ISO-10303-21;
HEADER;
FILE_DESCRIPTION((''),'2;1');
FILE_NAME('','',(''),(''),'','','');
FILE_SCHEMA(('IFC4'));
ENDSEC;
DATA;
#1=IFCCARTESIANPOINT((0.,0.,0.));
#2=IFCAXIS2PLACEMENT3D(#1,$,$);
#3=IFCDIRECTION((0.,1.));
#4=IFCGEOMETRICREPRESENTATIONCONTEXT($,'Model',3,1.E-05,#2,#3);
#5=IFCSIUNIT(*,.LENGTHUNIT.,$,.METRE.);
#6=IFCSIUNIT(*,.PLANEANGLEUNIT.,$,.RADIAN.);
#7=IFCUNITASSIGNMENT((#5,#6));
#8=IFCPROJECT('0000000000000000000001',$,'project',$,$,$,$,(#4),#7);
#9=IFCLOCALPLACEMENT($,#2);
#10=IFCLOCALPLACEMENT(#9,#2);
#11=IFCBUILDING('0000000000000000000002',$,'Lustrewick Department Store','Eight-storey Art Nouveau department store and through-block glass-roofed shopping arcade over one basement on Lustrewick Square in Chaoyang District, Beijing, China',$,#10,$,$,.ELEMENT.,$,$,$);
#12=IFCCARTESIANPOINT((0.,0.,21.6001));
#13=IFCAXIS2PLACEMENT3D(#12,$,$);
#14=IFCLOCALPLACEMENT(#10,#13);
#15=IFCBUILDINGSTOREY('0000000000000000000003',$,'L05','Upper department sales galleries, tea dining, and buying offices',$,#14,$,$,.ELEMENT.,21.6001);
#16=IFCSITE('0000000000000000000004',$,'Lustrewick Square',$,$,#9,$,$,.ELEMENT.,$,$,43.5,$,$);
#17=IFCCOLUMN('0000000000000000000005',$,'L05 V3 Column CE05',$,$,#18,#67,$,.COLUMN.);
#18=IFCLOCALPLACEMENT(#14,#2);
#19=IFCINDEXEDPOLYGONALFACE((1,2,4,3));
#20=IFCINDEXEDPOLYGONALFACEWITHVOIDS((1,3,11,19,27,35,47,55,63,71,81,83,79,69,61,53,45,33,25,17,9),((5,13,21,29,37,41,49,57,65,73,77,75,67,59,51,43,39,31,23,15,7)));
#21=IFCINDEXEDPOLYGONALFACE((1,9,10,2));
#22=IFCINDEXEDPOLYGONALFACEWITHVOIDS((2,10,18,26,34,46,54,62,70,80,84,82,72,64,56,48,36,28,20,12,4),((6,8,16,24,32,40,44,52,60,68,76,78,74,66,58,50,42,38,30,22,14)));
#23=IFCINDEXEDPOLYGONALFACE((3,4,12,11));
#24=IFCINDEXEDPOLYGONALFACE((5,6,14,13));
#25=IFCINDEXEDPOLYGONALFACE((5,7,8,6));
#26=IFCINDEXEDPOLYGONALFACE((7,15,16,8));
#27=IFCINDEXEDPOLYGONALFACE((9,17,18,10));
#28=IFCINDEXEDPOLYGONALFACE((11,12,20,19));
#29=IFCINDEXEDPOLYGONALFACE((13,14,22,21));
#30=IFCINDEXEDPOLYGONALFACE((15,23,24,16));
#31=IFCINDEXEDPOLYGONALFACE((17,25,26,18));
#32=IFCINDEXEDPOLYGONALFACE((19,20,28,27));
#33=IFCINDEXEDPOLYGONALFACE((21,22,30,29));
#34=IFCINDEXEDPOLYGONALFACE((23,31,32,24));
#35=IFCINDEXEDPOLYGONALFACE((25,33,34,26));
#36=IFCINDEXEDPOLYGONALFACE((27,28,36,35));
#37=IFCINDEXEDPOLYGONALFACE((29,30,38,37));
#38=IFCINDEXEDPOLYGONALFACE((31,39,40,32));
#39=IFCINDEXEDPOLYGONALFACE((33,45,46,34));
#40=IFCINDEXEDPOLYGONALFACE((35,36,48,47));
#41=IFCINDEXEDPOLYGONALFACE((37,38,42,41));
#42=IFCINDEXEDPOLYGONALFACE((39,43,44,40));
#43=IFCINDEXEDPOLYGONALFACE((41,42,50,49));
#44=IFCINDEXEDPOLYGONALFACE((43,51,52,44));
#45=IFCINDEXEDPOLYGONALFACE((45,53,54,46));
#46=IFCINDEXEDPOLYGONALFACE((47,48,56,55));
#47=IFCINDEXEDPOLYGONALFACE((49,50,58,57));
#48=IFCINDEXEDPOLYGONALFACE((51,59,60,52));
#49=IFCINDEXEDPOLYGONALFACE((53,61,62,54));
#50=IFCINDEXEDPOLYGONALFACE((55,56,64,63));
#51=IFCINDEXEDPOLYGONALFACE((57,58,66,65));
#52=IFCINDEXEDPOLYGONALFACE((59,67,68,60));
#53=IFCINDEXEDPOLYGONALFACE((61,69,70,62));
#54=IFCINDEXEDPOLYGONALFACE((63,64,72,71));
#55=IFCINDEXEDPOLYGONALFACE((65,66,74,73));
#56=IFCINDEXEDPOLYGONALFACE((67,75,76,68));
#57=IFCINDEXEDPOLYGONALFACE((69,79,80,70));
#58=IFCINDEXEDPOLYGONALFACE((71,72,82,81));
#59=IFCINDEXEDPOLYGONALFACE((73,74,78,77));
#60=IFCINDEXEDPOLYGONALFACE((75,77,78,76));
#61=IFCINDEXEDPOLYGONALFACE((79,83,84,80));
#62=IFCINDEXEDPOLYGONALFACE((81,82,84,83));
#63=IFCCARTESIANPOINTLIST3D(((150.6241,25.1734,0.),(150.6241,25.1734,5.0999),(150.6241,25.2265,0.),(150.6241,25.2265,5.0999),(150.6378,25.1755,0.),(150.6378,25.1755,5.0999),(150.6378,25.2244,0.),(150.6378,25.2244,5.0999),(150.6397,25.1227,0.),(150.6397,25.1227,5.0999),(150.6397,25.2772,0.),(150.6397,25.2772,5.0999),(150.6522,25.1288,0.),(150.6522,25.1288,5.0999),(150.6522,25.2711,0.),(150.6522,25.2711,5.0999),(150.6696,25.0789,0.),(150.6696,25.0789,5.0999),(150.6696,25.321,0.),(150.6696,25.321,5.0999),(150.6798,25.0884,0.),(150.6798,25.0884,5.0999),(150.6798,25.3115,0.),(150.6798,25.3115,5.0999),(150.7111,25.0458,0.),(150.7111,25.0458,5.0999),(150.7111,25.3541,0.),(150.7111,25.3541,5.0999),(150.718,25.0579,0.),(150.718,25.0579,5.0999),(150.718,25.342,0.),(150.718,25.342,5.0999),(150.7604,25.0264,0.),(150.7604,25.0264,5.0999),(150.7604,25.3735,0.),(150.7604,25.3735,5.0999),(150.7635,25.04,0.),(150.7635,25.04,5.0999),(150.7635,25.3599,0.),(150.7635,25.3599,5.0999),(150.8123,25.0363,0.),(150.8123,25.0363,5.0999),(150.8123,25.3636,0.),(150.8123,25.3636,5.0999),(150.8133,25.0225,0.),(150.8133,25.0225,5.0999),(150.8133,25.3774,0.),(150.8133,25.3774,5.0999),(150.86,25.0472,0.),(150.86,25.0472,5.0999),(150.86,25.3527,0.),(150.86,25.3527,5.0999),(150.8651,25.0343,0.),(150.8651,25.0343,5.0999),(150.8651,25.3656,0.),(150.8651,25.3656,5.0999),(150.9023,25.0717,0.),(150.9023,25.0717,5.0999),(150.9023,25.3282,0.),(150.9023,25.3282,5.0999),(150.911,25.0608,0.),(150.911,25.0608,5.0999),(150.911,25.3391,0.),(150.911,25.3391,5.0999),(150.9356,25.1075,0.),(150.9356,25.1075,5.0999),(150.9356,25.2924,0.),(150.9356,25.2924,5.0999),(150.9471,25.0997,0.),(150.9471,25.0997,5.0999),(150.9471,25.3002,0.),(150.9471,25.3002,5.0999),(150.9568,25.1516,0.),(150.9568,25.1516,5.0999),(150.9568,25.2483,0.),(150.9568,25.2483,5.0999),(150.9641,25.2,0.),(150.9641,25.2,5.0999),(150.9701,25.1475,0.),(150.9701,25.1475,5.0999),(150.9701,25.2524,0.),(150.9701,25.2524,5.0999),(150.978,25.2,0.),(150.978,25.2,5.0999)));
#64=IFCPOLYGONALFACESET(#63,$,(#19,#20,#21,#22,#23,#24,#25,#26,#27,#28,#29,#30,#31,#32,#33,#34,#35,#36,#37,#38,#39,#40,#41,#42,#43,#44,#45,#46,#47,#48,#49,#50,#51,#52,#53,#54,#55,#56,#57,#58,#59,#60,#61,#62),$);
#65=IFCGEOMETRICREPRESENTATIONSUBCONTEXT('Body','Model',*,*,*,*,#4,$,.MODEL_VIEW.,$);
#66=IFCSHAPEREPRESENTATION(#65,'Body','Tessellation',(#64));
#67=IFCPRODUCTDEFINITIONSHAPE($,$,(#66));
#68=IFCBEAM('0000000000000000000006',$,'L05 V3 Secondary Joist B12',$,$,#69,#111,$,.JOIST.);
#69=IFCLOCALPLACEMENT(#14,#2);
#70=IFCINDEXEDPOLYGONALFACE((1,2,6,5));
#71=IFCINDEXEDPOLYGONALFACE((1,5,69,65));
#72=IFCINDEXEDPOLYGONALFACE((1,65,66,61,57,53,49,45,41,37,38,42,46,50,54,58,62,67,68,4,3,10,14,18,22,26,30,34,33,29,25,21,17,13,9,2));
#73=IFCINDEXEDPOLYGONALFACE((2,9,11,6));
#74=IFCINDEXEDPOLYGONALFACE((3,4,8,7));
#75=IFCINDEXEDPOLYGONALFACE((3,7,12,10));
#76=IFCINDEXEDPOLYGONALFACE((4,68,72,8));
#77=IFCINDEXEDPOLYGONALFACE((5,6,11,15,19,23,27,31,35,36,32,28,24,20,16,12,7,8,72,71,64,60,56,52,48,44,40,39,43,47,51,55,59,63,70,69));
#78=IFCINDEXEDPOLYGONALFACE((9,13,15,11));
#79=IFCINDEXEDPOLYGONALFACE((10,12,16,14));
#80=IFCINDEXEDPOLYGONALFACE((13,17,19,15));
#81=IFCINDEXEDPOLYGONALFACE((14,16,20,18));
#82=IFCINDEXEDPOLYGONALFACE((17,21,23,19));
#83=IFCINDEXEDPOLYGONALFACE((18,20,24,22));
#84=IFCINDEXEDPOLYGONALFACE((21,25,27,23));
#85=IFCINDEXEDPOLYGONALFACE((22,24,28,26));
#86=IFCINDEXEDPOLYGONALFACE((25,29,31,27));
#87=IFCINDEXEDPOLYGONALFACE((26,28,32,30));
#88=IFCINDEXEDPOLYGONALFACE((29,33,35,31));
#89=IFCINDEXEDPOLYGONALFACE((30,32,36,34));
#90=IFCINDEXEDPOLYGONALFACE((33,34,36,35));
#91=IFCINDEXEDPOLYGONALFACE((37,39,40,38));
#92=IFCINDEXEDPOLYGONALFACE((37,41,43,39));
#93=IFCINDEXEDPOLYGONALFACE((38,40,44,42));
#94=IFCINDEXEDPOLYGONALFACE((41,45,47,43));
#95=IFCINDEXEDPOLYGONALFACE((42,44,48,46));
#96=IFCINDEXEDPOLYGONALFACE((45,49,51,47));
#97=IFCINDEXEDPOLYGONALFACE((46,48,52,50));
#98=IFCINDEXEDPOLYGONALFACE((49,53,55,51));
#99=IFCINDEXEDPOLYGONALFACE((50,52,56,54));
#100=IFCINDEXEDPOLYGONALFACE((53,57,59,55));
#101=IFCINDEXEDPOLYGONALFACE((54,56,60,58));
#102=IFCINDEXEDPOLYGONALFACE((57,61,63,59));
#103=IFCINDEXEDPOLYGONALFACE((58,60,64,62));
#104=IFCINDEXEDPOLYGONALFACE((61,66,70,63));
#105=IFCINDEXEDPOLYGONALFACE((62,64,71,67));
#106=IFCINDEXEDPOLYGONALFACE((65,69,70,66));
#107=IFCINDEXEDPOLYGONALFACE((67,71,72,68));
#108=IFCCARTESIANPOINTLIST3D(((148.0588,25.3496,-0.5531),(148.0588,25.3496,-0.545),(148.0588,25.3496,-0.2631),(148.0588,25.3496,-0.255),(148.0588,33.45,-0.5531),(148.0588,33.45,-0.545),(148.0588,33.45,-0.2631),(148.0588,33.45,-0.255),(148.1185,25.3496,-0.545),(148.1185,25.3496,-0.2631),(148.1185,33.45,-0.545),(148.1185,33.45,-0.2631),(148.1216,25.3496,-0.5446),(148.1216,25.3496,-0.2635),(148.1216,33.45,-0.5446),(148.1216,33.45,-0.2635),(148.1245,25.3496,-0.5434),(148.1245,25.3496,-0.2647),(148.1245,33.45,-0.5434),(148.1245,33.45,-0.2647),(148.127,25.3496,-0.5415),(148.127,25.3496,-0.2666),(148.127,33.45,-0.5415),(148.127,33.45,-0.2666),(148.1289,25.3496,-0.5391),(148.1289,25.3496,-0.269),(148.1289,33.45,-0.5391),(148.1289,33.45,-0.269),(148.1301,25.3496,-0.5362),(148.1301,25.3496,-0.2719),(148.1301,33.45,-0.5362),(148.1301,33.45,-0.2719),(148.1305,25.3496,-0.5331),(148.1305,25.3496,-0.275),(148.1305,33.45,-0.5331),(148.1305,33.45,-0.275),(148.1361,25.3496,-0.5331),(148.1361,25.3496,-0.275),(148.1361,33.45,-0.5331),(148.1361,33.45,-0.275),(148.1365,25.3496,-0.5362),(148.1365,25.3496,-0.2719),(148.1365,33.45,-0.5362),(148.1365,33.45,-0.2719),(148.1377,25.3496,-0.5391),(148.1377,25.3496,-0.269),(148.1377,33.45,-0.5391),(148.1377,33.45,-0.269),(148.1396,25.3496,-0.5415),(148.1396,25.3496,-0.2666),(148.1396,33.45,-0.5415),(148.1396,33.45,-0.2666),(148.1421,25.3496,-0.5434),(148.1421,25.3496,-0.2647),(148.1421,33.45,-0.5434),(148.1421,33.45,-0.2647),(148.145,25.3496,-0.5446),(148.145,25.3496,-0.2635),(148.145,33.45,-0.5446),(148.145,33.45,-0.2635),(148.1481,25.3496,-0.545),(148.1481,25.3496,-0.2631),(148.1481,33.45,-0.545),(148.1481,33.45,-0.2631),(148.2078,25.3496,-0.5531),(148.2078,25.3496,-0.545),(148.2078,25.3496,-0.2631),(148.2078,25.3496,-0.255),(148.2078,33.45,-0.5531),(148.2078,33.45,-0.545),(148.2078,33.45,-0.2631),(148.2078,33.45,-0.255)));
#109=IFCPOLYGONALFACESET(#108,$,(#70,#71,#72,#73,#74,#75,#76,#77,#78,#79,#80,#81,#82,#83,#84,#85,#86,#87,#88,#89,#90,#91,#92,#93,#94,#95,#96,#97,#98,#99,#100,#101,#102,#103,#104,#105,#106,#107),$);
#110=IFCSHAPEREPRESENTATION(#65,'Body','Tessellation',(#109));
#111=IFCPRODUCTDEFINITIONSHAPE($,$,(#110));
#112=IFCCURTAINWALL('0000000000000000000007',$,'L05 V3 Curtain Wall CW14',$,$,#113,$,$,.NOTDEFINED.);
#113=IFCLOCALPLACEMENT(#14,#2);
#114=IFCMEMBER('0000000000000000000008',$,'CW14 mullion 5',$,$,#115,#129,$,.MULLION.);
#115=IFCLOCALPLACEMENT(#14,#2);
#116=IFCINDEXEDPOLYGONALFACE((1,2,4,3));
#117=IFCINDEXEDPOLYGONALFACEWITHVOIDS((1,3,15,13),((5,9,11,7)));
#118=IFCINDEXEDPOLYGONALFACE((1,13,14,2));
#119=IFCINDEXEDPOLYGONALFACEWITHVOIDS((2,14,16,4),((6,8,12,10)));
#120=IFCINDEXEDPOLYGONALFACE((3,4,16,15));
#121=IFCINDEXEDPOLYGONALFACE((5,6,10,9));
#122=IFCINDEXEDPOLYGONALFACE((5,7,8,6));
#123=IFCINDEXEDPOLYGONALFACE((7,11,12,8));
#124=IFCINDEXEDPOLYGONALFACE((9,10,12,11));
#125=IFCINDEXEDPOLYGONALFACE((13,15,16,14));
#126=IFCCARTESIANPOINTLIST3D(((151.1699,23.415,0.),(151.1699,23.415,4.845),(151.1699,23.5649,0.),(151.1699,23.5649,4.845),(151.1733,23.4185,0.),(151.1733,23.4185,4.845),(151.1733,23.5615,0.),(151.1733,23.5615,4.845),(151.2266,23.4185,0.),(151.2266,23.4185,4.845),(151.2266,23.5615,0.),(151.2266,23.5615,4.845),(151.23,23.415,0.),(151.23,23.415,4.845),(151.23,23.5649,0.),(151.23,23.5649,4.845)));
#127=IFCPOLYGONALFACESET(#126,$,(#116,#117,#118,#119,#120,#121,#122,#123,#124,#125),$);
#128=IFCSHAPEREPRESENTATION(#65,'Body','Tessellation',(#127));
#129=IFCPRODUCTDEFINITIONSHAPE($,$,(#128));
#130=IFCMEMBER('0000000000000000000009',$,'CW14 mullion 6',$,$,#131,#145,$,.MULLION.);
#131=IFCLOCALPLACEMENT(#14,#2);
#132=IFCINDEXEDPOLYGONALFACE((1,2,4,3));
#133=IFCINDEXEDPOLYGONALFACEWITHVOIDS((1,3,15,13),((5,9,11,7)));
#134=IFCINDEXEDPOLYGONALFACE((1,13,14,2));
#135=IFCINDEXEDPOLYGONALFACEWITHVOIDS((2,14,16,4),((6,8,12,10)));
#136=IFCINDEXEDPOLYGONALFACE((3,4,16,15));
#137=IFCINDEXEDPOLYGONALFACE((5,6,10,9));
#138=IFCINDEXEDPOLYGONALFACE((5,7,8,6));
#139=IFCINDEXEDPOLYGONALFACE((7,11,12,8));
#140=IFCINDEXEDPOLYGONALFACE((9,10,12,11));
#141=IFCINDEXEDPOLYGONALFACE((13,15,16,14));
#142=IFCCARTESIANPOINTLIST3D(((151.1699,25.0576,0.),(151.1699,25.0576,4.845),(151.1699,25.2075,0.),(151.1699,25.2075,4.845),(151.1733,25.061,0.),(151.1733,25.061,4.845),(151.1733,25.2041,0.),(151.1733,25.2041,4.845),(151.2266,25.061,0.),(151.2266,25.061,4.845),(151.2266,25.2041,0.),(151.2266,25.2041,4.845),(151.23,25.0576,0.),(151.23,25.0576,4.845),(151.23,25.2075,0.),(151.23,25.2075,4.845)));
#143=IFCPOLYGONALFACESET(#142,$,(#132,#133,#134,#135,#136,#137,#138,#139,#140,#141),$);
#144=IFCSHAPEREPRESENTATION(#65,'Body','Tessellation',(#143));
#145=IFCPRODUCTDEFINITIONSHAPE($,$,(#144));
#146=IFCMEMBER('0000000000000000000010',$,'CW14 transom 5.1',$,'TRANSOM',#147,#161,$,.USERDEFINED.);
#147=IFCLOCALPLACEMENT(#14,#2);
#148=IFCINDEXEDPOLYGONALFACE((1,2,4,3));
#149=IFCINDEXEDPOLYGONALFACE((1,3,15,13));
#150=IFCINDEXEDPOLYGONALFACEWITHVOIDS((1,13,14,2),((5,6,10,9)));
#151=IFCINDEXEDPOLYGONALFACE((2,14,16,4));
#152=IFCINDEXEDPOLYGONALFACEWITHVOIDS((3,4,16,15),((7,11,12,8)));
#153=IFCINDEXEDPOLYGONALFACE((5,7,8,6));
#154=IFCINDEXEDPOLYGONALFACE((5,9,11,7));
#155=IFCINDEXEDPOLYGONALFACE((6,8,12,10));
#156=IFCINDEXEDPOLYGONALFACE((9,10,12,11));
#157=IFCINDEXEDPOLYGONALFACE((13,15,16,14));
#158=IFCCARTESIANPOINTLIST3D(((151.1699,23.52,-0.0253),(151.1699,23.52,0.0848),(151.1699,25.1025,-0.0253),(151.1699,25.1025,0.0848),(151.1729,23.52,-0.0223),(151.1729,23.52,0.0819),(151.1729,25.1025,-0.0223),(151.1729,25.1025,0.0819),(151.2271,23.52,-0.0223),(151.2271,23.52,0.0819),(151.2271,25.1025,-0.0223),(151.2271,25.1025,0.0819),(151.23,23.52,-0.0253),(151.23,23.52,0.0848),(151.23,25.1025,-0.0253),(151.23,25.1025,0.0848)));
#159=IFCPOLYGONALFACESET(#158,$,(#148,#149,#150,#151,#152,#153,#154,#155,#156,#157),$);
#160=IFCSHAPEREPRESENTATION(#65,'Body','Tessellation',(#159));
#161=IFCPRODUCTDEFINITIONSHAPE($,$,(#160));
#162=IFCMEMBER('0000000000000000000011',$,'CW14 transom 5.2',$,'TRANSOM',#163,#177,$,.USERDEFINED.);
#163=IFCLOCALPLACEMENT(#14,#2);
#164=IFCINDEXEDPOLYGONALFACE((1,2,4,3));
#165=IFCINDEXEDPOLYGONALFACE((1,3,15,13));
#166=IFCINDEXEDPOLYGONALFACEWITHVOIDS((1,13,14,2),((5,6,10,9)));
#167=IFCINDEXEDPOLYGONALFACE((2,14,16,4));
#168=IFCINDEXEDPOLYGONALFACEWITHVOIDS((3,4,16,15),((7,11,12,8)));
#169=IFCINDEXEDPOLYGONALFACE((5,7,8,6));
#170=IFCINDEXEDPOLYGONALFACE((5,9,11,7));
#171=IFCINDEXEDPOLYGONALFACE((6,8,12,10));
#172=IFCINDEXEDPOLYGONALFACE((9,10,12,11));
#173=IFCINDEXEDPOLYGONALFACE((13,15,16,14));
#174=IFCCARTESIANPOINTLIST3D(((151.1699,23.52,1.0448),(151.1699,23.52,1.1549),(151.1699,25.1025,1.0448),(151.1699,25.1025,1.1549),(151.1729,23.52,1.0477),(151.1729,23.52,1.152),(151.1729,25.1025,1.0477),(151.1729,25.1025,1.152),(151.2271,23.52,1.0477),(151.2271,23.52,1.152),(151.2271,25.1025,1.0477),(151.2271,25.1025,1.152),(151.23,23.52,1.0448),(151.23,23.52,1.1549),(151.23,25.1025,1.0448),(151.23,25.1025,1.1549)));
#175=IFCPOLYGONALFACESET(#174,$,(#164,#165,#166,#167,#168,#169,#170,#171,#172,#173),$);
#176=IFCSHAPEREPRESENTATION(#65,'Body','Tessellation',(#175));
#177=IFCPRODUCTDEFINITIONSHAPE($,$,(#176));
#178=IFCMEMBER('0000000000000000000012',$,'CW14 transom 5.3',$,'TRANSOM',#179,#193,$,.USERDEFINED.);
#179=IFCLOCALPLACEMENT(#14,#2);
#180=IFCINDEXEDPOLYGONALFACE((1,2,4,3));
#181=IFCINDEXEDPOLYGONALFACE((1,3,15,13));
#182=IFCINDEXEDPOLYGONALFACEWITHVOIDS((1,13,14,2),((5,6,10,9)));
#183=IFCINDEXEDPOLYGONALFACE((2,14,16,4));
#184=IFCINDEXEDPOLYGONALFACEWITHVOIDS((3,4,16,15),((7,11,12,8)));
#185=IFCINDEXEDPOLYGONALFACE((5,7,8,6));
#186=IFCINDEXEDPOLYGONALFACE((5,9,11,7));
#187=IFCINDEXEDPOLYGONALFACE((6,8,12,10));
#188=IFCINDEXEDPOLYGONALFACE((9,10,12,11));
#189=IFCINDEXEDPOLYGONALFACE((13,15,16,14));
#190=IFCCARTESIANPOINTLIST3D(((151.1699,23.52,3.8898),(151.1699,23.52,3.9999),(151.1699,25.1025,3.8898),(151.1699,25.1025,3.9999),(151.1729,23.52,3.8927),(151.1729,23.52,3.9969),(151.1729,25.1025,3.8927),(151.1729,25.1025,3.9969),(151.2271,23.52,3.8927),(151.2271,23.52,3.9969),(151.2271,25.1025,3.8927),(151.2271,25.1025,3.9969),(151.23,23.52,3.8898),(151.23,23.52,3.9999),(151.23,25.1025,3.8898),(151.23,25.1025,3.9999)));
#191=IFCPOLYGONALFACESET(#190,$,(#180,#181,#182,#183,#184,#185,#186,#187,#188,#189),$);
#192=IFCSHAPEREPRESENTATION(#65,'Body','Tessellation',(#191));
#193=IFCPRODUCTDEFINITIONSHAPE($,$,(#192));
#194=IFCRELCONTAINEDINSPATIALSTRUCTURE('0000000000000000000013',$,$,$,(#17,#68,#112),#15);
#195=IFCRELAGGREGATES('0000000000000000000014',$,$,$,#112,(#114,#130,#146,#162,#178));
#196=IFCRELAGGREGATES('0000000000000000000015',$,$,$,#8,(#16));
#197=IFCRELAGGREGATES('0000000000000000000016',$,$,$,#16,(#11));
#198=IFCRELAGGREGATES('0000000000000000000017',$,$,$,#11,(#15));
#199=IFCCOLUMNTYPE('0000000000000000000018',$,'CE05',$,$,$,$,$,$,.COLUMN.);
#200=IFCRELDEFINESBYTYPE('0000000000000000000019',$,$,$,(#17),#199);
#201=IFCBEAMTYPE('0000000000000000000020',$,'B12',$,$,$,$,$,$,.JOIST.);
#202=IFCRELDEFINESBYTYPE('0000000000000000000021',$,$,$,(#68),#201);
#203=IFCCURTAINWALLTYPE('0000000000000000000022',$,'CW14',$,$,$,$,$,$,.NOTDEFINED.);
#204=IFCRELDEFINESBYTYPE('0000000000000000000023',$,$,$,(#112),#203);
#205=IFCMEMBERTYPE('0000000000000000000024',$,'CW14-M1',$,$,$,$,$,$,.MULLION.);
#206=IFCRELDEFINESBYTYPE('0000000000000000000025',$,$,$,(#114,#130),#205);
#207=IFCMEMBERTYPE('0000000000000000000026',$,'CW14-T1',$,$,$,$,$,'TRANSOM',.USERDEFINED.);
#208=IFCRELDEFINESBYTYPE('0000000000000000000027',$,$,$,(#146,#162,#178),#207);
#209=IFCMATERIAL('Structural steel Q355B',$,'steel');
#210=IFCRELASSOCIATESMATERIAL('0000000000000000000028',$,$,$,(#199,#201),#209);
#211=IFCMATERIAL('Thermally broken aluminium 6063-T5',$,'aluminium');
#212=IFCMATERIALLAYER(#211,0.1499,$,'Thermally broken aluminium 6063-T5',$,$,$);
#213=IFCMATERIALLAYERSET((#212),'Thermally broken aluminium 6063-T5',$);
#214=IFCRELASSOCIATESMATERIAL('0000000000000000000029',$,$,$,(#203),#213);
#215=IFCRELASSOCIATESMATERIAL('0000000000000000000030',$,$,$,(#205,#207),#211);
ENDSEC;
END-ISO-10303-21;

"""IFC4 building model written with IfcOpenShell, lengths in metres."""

from ifc_helpers import new_model, si_unit, direction, frame, origin, origin_2d, place, context, subcontext, project, spatial, hollow_rectangle, hollow_circle, i_section, extrude, material, layer, layer_set, material_profile, profile_set, type_object, element, aggregate, save


model = new_model("IFC4")

# Units and contexts
model_context = context("Model", 3, precision=1e-05, world=origin(), true_north=direction((0.0, 1.0)))
body_context = subcontext(model_context, "Body", "Model", "MODEL_VIEW")
ifc_project = project(units=[si_unit("LENGTHUNIT", "METRE"), si_unit("PLANEANGLEUNIT", "RADIAN")], contexts=[model_context])

# Site, building, storey
site_placement = place(None, origin())
site = spatial("IfcSite", under=ifc_project, at=site_placement, Name="Lustrewick Square", CompositionType="ELEMENT", RefElevation=43.5)
building_placement = place(site_placement, origin())
building = spatial("IfcBuilding", under=site, at=building_placement, Name="Lustrewick Department Store", Description="Eight-storey Art Nouveau department store and through-block glass-roofed shopping arcade over one basement on Lustrewick Square in Chaoyang District, Beijing, China", CompositionType="ELEMENT")
storey_placement = place(building_placement, frame((0.0, 0.0, 21.6001)))
storey = spatial("IfcBuildingStorey", under=building, at=storey_placement, Name="L05", Description="Upper department sales galleries, tea dining, and buying offices", CompositionType="ELEMENT", Elevation=21.6001)

# Column
ifc_material_1 = material(Name="Structural steel Q355B", Category="steel")
ifc_material_profile_1 = material_profile(ifc_material_1, hollow_circle(Radius=0.178, WallThickness=0.0139, at=origin_2d()), Name="CHS 356x14")
ifc_profile_set_1 = profile_set([ifc_material_profile_1], Name="Structural steel Q355B")
column_type = type_object("IfcColumnType", Name="CE05", PredefinedType="COLUMN", material=ifc_profile_set_1)
column_placement = place(storey_placement, frame((150.8, 25.2, 0.0), z_axis=(0.0, 0.0, 1.0), x_axis=(1.0, 0.0, 0.0)))
element("IfcColumn", 1, at=column_placement, inside=storey, type_object=column_type, Name="L05 V3 Column CE05", PredefinedType="COLUMN", context=body_context, shape_type="SweptSolid", body=[
    extrude(hollow_circle(Radius=0.178, WallThickness=0.0139, at=origin_2d()), origin(), (0.0, 0.0, 1.0), 5.0999),
])

# Beam
ifc_material_profile_2 = material_profile(ifc_material_1, i_section(OverallWidth=0.1489, OverallDepth=0.2981, WebThickness=0.0056, FlangeThickness=0.0081, FilletRadius=0.012, at=origin_2d()), Name="HN 298x149x5.5x8")
ifc_profile_set_2 = profile_set([ifc_material_profile_2], Name="Structural steel Q355B")
beam_type_1 = type_object("IfcBeamType", Name="B12", PredefinedType="JOIST", material=ifc_profile_set_2)
beam_1_placement = place(storey_placement, frame((148.1333, 25.3496, -0.4041), z_axis=(0.0, 1.0, 0.0), x_axis=(-1.0, 0.0, 0.0)))
element("IfcBeam", 2, at=beam_1_placement, inside=storey, type_object=beam_type_1, Name="L05 V3 Secondary Joist B12", PredefinedType="JOIST", context=body_context, shape_type="SweptSolid", body=[
    extrude(i_section(OverallWidth=0.1489, OverallDepth=0.2981, WebThickness=0.0056, FlangeThickness=0.0081, FilletRadius=0.012, at=origin_2d()), origin(), (0.0, 0.0, 1.0), 8.1003),
])

# Curtain wall, members
ifc_material_2 = material(Name="Thermally broken aluminium 6063-T5", Category="aluminium")
ifc_layer_1 = layer(ifc_material_2, 0.1499, Name="Thermally broken aluminium 6063-T5")
ifc_layer_set_1 = layer_set([ifc_layer_1], Name="Thermally broken aluminium 6063-T5")
curtain_wall_type = type_object("IfcCurtainWallType", Name="CW14", PredefinedType="NOTDEFINED", material=ifc_layer_set_1)
curtain_wall_placement = place(storey_placement, origin())
curtain_wall = element("IfcCurtainWall", 3, at=curtain_wall_placement, inside=storey, type_object=curtain_wall_type, Name="L05 V3 Curtain Wall CW14", PredefinedType="NOTDEFINED")
ifc_material_profile_3 = material_profile(ifc_material_2, hollow_rectangle(XDim=0.0601, YDim=0.1499, WallThickness=0.0034, at=origin_2d()), Name="ALU-M 60x150x3.5")
ifc_profile_set_3 = profile_set([ifc_material_profile_3], Name="Thermally broken aluminium 6063-T5")
member_type_1 = type_object("IfcMemberType", Name="CW14-M1", PredefinedType="MULLION", material=ifc_profile_set_3)
member_1_placement = place(storey_placement, frame((151.2, 23.49, 0.0), z_axis=(0.0, 0.0, 1.0), x_axis=(-1.0, 0.0, 0.0)))
member_1 = element("IfcMember", 4, at=member_1_placement, type_object=member_type_1, Name="CW14 mullion 5", PredefinedType="MULLION", context=body_context, shape_type="SweptSolid", body=[
    extrude(hollow_rectangle(XDim=0.0601, YDim=0.1499, WallThickness=0.0034, at=origin_2d()), origin(), (0.0, 0.0, 1.0), 4.845),
])
member_2_placement = place(storey_placement, frame((151.2, 25.1326, 0.0), z_axis=(0.0, 0.0, 1.0), x_axis=(-1.0, 0.0, 0.0)))
member_2 = element("IfcMember", 5, at=member_2_placement, type_object=member_type_1, Name="CW14 mullion 6", PredefinedType="MULLION", context=body_context, shape_type="SweptSolid", body=[
    extrude(hollow_rectangle(XDim=0.0601, YDim=0.1499, WallThickness=0.0034, at=origin_2d()), origin(), (0.0, 0.0, 1.0), 4.845),
])
ifc_material_profile_4 = material_profile(ifc_material_2, hollow_rectangle(XDim=0.0601, YDim=0.1101, WallThickness=0.0029, at=origin_2d()), Name="ALU-T 60x110x3")
ifc_profile_set_4 = profile_set([ifc_material_profile_4], Name="Thermally broken aluminium 6063-T5")
member_type_2 = type_object("IfcMemberType", Name="CW14-T1", ElementType="TRANSOM", PredefinedType="USERDEFINED", material=ifc_profile_set_4)
member_3_placement = place(storey_placement, frame((151.2, 23.52, 0.0298), z_axis=(0.0, 1.0, 0.0), x_axis=(-1.0, 0.0, 0.0)))
member_3 = element("IfcMember", 6, at=member_3_placement, type_object=member_type_2, Name="CW14 transom 5.1", ObjectType="TRANSOM", PredefinedType="USERDEFINED", context=body_context, shape_type="SweptSolid", body=[
    extrude(hollow_rectangle(XDim=0.0601, YDim=0.1101, WallThickness=0.0029, at=origin_2d()), origin(), (0.0, 0.0, 1.0), 1.5825),
])
member_4_placement = place(storey_placement, frame((151.2, 23.52, 1.0999), z_axis=(0.0, 1.0, 0.0), x_axis=(-1.0, 0.0, 0.0)))
member_4 = element("IfcMember", 7, at=member_4_placement, type_object=member_type_2, Name="CW14 transom 5.2", ObjectType="TRANSOM", PredefinedType="USERDEFINED", context=body_context, shape_type="SweptSolid", body=[
    extrude(hollow_rectangle(XDim=0.0601, YDim=0.1101, WallThickness=0.0029, at=origin_2d()), origin(), (0.0, 0.0, 1.0), 1.5825),
])
member_5_placement = place(storey_placement, frame((151.2, 23.52, 3.9448), z_axis=(0.0, 1.0, 0.0), x_axis=(-1.0, 0.0, 0.0)))
member_5 = element("IfcMember", 8, at=member_5_placement, type_object=member_type_2, Name="CW14 transom 5.3", ObjectType="TRANSOM", PredefinedType="USERDEFINED", context=body_context, shape_type="SweptSolid", body=[
    extrude(hollow_rectangle(XDim=0.0601, YDim=0.1101, WallThickness=0.0029, at=origin_2d()), origin(), (0.0, 0.0, 1.0), 1.5825),
])

aggregate(curtain_wall, [member_1, member_2, member_3, member_4, member_5])

save(model, "model.ifc")
